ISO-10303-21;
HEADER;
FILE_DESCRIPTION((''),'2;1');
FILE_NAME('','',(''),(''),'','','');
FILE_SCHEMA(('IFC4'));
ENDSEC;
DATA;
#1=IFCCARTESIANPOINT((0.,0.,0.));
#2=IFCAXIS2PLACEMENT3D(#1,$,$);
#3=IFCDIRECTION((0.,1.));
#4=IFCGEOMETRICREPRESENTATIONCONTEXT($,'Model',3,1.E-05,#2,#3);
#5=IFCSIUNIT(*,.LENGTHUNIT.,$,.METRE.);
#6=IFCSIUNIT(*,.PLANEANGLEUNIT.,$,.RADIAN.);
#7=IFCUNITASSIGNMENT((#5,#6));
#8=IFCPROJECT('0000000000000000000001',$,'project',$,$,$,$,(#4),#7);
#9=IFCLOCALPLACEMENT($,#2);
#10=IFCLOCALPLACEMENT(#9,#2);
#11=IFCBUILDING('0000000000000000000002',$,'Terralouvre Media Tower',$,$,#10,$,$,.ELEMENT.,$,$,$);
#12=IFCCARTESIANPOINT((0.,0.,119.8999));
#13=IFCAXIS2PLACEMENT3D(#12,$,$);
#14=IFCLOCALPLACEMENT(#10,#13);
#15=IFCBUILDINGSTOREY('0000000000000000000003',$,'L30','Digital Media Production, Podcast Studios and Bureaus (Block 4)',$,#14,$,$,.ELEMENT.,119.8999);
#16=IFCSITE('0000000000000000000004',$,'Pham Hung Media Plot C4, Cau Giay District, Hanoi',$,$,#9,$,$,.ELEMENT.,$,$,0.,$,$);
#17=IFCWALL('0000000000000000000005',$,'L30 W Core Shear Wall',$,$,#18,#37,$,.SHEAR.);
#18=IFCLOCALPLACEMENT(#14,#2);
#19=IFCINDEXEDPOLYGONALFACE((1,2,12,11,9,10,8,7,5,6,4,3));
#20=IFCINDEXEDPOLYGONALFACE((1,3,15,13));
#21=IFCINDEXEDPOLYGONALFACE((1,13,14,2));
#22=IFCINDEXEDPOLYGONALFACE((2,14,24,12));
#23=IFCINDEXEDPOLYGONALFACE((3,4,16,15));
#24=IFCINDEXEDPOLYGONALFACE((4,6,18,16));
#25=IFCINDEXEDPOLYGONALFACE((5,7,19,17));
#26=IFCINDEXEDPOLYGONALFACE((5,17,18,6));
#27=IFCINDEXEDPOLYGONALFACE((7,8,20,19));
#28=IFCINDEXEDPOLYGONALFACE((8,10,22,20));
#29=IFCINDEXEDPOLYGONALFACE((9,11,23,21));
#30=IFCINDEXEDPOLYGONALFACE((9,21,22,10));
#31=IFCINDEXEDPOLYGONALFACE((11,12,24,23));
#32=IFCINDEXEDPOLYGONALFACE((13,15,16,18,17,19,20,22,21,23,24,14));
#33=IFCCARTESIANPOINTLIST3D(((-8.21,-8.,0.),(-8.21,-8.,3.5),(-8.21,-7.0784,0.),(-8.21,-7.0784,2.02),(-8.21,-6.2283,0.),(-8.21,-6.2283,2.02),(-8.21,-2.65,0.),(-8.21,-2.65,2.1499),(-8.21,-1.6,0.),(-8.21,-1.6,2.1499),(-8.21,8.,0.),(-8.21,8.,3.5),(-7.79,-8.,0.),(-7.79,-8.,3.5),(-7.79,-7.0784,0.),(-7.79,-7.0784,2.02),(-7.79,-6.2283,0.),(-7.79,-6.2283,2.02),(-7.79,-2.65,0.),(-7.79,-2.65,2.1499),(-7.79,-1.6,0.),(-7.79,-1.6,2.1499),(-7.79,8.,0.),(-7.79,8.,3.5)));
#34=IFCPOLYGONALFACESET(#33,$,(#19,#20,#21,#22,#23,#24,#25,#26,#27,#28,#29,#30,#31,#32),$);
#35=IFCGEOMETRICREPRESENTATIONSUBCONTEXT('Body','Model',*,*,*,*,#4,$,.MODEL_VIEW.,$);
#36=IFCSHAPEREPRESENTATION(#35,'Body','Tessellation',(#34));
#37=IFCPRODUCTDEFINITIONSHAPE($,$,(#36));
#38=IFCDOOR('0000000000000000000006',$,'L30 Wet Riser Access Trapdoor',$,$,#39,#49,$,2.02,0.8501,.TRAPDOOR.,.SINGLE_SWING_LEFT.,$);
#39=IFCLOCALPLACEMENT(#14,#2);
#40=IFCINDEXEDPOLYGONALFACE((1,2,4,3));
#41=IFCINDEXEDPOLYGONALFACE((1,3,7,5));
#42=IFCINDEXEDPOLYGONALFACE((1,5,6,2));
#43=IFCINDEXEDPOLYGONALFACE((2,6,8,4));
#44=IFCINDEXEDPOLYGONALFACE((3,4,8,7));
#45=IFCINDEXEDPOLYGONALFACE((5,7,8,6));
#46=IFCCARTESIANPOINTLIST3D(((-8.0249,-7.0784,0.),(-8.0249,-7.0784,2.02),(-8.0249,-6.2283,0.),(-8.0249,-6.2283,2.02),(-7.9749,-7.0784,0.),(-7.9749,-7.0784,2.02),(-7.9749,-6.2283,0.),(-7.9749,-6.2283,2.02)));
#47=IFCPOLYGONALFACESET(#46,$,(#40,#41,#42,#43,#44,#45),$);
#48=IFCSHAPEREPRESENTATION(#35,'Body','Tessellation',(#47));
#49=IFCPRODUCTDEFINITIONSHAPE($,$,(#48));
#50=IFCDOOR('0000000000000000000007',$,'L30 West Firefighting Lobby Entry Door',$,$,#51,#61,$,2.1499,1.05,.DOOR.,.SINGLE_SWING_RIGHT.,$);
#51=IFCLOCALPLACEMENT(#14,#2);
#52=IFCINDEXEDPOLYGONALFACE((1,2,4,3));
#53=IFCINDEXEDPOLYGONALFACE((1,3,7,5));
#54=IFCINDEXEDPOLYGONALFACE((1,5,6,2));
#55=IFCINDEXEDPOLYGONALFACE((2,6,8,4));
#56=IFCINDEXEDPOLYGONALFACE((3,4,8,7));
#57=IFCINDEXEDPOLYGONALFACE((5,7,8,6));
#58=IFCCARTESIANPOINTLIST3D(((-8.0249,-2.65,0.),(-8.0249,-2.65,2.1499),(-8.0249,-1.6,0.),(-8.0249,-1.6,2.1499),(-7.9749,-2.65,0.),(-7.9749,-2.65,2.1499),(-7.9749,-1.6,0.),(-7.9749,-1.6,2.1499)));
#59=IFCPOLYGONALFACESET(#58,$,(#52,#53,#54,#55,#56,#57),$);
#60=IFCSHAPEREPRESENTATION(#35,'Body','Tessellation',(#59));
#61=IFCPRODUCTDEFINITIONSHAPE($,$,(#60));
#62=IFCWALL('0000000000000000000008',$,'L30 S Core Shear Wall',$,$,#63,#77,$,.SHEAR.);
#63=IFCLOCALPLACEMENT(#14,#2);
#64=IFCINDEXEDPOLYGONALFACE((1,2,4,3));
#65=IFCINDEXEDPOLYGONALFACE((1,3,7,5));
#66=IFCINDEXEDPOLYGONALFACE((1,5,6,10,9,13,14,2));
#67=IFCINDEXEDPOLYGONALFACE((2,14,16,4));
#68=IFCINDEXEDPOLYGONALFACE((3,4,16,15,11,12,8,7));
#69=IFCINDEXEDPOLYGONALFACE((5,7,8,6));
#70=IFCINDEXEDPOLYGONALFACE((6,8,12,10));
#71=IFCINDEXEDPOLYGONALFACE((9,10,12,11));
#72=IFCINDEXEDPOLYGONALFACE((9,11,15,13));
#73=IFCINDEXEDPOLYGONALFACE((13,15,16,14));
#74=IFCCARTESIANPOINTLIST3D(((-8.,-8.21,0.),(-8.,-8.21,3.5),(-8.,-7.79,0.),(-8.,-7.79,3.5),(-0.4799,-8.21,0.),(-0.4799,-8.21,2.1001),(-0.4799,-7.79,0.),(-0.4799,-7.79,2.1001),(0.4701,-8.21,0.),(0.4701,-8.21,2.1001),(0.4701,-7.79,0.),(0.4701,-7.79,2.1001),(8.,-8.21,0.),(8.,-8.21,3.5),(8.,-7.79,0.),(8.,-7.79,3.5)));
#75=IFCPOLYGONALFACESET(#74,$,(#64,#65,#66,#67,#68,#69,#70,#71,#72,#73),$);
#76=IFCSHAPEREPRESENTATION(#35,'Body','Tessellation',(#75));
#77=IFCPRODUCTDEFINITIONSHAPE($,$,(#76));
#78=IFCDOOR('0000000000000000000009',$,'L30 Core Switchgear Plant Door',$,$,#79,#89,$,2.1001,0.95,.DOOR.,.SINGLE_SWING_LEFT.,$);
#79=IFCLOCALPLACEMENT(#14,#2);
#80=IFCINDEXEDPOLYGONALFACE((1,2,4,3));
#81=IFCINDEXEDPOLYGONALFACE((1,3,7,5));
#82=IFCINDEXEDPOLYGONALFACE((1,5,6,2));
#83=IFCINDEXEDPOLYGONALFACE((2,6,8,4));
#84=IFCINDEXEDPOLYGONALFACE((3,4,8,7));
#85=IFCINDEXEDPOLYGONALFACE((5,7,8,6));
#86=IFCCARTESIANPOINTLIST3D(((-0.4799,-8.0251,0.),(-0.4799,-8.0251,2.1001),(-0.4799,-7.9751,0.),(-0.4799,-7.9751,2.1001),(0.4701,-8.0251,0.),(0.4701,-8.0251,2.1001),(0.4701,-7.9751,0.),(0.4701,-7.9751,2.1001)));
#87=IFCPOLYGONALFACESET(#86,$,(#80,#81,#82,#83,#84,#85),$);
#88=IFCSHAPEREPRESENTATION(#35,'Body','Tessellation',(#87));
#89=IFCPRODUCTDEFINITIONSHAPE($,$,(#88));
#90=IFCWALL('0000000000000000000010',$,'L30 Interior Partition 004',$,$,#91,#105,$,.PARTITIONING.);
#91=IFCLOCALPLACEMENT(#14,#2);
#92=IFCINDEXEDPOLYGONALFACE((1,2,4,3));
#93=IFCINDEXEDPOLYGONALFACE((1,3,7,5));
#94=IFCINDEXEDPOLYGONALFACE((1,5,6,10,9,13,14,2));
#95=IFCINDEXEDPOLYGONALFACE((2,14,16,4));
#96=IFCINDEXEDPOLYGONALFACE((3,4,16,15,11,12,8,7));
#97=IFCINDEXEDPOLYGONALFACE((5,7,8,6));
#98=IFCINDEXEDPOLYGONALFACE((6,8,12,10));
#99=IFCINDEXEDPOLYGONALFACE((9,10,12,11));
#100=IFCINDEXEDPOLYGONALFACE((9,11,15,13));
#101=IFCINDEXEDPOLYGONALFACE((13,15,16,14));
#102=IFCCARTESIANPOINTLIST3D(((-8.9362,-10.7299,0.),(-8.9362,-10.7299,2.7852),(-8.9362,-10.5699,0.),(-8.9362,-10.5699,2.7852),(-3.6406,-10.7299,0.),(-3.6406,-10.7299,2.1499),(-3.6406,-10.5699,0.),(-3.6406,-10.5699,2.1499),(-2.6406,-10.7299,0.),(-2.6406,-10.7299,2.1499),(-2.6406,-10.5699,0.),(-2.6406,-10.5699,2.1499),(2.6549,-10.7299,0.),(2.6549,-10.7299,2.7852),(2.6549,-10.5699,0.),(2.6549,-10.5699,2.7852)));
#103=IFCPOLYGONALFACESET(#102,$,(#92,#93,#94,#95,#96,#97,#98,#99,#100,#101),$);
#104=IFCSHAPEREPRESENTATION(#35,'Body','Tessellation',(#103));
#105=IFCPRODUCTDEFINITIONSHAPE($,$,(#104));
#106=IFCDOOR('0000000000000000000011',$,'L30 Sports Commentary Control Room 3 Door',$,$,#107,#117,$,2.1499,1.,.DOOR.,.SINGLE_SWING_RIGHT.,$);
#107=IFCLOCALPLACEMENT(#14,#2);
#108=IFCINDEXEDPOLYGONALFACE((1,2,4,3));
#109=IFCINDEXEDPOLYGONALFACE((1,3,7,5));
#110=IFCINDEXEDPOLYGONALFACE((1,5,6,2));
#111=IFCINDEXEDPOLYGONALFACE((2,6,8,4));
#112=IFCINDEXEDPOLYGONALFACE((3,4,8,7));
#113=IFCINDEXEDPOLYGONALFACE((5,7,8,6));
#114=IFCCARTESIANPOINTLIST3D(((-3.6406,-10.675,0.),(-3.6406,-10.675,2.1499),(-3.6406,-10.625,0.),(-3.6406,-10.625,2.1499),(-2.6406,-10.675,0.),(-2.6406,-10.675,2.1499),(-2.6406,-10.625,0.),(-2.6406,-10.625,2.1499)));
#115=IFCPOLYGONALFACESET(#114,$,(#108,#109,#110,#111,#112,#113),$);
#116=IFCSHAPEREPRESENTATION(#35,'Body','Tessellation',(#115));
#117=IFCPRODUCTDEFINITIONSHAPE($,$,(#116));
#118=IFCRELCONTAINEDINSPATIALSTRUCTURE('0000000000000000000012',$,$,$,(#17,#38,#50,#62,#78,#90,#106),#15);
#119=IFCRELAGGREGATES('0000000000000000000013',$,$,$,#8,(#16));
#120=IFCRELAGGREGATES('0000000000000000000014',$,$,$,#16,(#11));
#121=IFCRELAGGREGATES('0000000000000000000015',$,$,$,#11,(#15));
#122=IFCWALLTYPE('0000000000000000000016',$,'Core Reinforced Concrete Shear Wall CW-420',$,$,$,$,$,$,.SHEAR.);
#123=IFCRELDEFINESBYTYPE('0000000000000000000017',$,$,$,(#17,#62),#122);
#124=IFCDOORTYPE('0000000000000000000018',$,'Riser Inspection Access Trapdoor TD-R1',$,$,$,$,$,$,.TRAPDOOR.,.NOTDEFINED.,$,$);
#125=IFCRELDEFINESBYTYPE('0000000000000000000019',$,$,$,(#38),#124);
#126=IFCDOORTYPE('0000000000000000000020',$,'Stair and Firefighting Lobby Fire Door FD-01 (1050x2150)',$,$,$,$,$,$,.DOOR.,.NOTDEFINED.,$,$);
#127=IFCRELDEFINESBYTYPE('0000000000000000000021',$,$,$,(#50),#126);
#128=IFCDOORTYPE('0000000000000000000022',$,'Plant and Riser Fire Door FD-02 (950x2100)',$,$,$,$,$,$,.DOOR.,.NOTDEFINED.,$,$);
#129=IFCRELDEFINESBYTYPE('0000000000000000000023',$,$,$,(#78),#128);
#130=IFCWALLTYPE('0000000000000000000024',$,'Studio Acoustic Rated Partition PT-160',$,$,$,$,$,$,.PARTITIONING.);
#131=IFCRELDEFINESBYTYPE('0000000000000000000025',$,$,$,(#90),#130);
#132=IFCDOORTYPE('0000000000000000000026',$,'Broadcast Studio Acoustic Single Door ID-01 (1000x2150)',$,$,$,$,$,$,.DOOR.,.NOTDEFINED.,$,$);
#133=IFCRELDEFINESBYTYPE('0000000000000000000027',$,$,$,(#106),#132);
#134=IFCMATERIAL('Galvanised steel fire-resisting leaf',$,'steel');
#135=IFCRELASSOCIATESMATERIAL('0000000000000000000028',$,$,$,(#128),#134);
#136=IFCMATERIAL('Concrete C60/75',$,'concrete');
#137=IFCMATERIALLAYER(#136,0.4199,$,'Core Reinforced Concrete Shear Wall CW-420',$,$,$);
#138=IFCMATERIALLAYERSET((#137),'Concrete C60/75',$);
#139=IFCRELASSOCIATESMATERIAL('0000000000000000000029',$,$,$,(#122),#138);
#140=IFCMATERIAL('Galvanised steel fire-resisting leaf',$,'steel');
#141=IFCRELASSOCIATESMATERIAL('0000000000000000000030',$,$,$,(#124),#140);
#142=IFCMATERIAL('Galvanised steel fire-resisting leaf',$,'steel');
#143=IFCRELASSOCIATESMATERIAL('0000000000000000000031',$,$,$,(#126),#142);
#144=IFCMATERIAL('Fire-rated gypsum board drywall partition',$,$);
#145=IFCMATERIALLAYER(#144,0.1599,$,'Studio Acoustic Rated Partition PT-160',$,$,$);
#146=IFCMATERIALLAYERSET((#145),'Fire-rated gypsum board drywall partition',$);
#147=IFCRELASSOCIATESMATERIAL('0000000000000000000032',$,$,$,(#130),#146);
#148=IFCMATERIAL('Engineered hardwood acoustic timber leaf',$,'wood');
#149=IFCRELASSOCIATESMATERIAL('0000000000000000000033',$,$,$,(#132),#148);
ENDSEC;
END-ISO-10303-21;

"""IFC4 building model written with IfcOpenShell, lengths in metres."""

from ifc_helpers import new_model, si_unit, direction, frame, frame_2d, origin, place, context, subcontext, project, spatial, rectangle, extrude, material, layer, layer_set, type_object, element, fill, save


model = new_model("IFC4")

# Units and contexts
model_context = context("Model", 3, precision=1e-05, world=origin(), true_north=direction((0.0, 1.0)))
body_context = subcontext(model_context, "Body", "Model", "MODEL_VIEW")
ifc_project = project(units=[si_unit("LENGTHUNIT", "METRE"), si_unit("PLANEANGLEUNIT", "RADIAN")], contexts=[model_context])

# Site, building, storey
site_placement = place(None, origin())
site = spatial("IfcSite", under=ifc_project, at=site_placement, Name="Pham Hung Media Plot C4, Cau Giay District, Hanoi", CompositionType="ELEMENT", RefElevation=0.0)
building_placement = place(site_placement, origin())
building = spatial("IfcBuilding", under=site, at=building_placement, Name="Terralouvre Media Tower", CompositionType="ELEMENT")
storey_placement = place(building_placement, frame((0.0, 0.0, 119.8999)))
storey = spatial("IfcBuildingStorey", under=building, at=storey_placement, Name="L30", Description="Digital Media Production, Podcast Studios and Bureaus (Block 4)", CompositionType="ELEMENT", Elevation=119.8999)

# Shared definitions
ifc_material_1 = material(Name="Galvanised steel fire-resisting leaf", Category="steel")
door_type_1 = type_object("IfcDoorType", Name="Plant and Riser Fire Door FD-02 (950x2100)", OperationType="NOTDEFINED", PredefinedType="DOOR", material=ifc_material_1)

# Wall, openings, doors
ifc_material_2 = material(Name="Concrete C60/75", Category="concrete")
ifc_layer_1 = layer(ifc_material_2, 0.4199, Name="Core Reinforced Concrete Shear Wall CW-420")
ifc_layer_set_1 = layer_set([ifc_layer_1], Name="Concrete C60/75")
wall_type_1 = type_object("IfcWallType", Name="Core Reinforced Concrete Shear Wall CW-420", PredefinedType="SHEAR", material=ifc_layer_set_1)
wall_1_placement = place(storey_placement, frame((-8.0, -8.0, 0.0), z_axis=(0.0, 0.0, 1.0), x_axis=(0.0, 1.0, 0.0)))
wall_1 = element("IfcWall", 1, at=wall_1_placement, inside=storey, type_object=wall_type_1, Name="L30 W Core Shear Wall", PredefinedType="SHEAR", context=body_context, shape_type="SweptSolid", body=[
    extrude(rectangle(XDim=16.0, YDim=0.4199, at=frame_2d((8.0, 0.0))), origin(), (0.0, 0.0, 1.0), 3.5),
])
opening_1_placement = place(wall_1_placement, frame((0.9216, 0.0, 0.0)))
opening_1 = element("IfcOpeningElement", 2, at=opening_1_placement, cuts=wall_1, PredefinedType="OPENING", context=body_context, shape_type="SweptSolid", body=[
    extrude(rectangle(XDim=0.8501, YDim=2.02, at=frame_2d((0.425, 1.01))), frame((0.0, 0.22, 0.0), z_axis=(0.0, -1.0, 0.0), x_axis=(1.0, 0.0, 0.0)), (0.0, 0.0, 1.0), 0.4399),
])
opening_2_placement = place(wall_1_placement, frame((5.3501, 0.0, 0.0)))
opening_2 = element("IfcOpeningElement", 3, at=opening_2_placement, cuts=wall_1, PredefinedType="OPENING", context=body_context, shape_type="SweptSolid", body=[
    extrude(rectangle(XDim=1.05, YDim=2.1499, at=frame_2d((0.5249, 1.075))), frame((0.0, 0.22, 0.0), z_axis=(0.0, -1.0, 0.0), x_axis=(1.0, 0.0, 0.0)), (0.0, 0.0, 1.0), 0.4399),
])
ifc_material_3 = material(Name="Galvanised steel fire-resisting leaf", Category="steel")
door_type_2 = type_object("IfcDoorType", Name="Riser Inspection Access Trapdoor TD-R1", OperationType="NOTDEFINED", PredefinedType="TRAPDOOR", material=ifc_material_3)
door_1_placement = place(opening_1_placement, origin())
door_1 = element("IfcDoor", 4, at=door_1_placement, inside=storey, type_object=door_type_2, Name="L30 Wet Riser Access Trapdoor", OperationType="SINGLE_SWING_LEFT", OverallHeight=2.02, OverallWidth=0.8501, PredefinedType="TRAPDOOR", context=body_context, shape_type="SweptSolid", body=[
    extrude(rectangle(XDim=0.8501, YDim=2.02, at=frame_2d((0.425, 1.01))), frame((0.0, 0.0249, 0.0), z_axis=(0.0, -1.0, 0.0), x_axis=(1.0, 0.0, 0.0)), (0.0, 0.0, 1.0), 0.05),
])
fill(opening_1, door_1)
ifc_material_4 = material(Name="Galvanised steel fire-resisting leaf", Category="steel")
door_type_3 = type_object("IfcDoorType", Name="Stair and Firefighting Lobby Fire Door FD-01 (1050x2150)", OperationType="NOTDEFINED", PredefinedType="DOOR", material=ifc_material_4)
door_2_placement = place(opening_2_placement, origin())
door_2 = element("IfcDoor", 5, at=door_2_placement, inside=storey, type_object=door_type_3, Name="L30 West Firefighting Lobby Entry Door", OperationType="SINGLE_SWING_RIGHT", OverallHeight=2.1499, OverallWidth=1.05, PredefinedType="DOOR", context=body_context, shape_type="SweptSolid", body=[
    extrude(rectangle(XDim=1.05, YDim=2.1499, at=frame_2d((0.5249, 1.075))), frame((0.0, 0.0249, 0.0), z_axis=(0.0, -1.0, 0.0), x_axis=(1.0, 0.0, 0.0)), (0.0, 0.0, 1.0), 0.05),
])
fill(opening_2, door_2)

# Walls, openings, doors
wall_2_placement = place(storey_placement, frame((-8.0, -8.0, 0.0), z_axis=(0.0, 0.0, 1.0), x_axis=(1.0, 0.0, 0.0)))
wall_2 = element("IfcWall", 6, at=wall_2_placement, inside=storey, type_object=wall_type_1, Name="L30 S Core Shear Wall", PredefinedType="SHEAR", context=body_context, shape_type="SweptSolid", body=[
    extrude(rectangle(XDim=16.0, YDim=0.4199, at=frame_2d((8.0, 0.0))), origin(), (0.0, 0.0, 1.0), 3.5),
])
opening_3_placement = place(wall_2_placement, frame((7.52, 0.0, 0.0)))
opening_3 = element("IfcOpeningElement", 7, at=opening_3_placement, cuts=wall_2, PredefinedType="OPENING", context=body_context, shape_type="SweptSolid", body=[
    extrude(rectangle(XDim=0.95, YDim=2.1001, at=frame_2d((0.4751, 1.05))), frame((0.0, 0.22, 0.0), z_axis=(0.0, -1.0, 0.0), x_axis=(1.0, 0.0, 0.0)), (0.0, 0.0, 1.0), 0.4399),
])
door_3_placement = place(opening_3_placement, origin())
door_3 = element("IfcDoor", 8, at=door_3_placement, inside=storey, type_object=door_type_1, Name="L30 Core Switchgear Plant Door", OperationType="SINGLE_SWING_LEFT", OverallHeight=2.1001, OverallWidth=0.95, PredefinedType="DOOR", context=body_context, shape_type="SweptSolid", body=[
    extrude(rectangle(XDim=0.95, YDim=2.1001, at=frame_2d((0.4751, 1.05))), frame((0.0, 0.0249, 0.0), z_axis=(0.0, -1.0, 0.0), x_axis=(1.0, 0.0, 0.0)), (0.0, 0.0, 1.0), 0.05),
])
fill(opening_3, door_3)
ifc_material_5 = material(Name="Fire-rated gypsum board drywall partition")
ifc_layer_2 = layer(ifc_material_5, 0.1599, Name="Studio Acoustic Rated Partition PT-160")
ifc_layer_set_2 = layer_set([ifc_layer_2], Name="Fire-rated gypsum board drywall partition")
wall_type_2 = type_object("IfcWallType", Name="Studio Acoustic Rated Partition PT-160", PredefinedType="PARTITIONING", material=ifc_layer_set_2)
wall_3_placement = place(storey_placement, frame((-8.936, -10.6499, 0.0), z_axis=(0.0, 0.0, 1.0), x_axis=(1.0, 0.0, 0.0)))
wall_3 = element("IfcWall", 9, at=wall_3_placement, inside=storey, type_object=wall_type_2, Name="L30 Interior Partition 004", PredefinedType="PARTITIONING", context=body_context, shape_type="SweptSolid", body=[
    extrude(rectangle(XDim=11.5911, YDim=0.1599, at=frame_2d((5.7954, 0.0))), origin(), (0.0, 0.0, 1.0), 2.7852),
])
opening_4_placement = place(wall_3_placement, frame((5.2954, 0.0, 0.0)))
opening_4 = element("IfcOpeningElement", 10, at=opening_4_placement, cuts=wall_3, PredefinedType="OPENING", context=body_context, shape_type="SweptSolid", body=[
    extrude(rectangle(XDim=1.0, YDim=2.1499, at=frame_2d((0.5, 1.075))), frame((0.0, 0.0898, 0.0), z_axis=(0.0, -1.0, 0.0), x_axis=(1.0, 0.0, 0.0)), (0.0, 0.0, 1.0), 0.1799),
])
ifc_material_6 = material(Name="Engineered hardwood acoustic timber leaf", Category="wood")
door_type_4 = type_object("IfcDoorType", Name="Broadcast Studio Acoustic Single Door ID-01 (1000x2150)", OperationType="NOTDEFINED", PredefinedType="DOOR", material=ifc_material_6)
door_4_placement = place(opening_4_placement, origin())
door_4 = element("IfcDoor", 11, at=door_4_placement, inside=storey, type_object=door_type_4, Name="L30 Sports Commentary Control Room 3 Door", OperationType="SINGLE_SWING_RIGHT", OverallHeight=2.1499, OverallWidth=1.0, PredefinedType="DOOR", context=body_context, shape_type="SweptSolid", body=[
    extrude(rectangle(XDim=1.0, YDim=2.1499, at=frame_2d((0.5, 1.075))), frame((0.0, 0.0249, 0.0), z_axis=(0.0, -1.0, 0.0), x_axis=(1.0, 0.0, 0.0)), (0.0, 0.0, 1.0), 0.05),
])
fill(opening_4, door_4)

save(model, "model.ifc")
